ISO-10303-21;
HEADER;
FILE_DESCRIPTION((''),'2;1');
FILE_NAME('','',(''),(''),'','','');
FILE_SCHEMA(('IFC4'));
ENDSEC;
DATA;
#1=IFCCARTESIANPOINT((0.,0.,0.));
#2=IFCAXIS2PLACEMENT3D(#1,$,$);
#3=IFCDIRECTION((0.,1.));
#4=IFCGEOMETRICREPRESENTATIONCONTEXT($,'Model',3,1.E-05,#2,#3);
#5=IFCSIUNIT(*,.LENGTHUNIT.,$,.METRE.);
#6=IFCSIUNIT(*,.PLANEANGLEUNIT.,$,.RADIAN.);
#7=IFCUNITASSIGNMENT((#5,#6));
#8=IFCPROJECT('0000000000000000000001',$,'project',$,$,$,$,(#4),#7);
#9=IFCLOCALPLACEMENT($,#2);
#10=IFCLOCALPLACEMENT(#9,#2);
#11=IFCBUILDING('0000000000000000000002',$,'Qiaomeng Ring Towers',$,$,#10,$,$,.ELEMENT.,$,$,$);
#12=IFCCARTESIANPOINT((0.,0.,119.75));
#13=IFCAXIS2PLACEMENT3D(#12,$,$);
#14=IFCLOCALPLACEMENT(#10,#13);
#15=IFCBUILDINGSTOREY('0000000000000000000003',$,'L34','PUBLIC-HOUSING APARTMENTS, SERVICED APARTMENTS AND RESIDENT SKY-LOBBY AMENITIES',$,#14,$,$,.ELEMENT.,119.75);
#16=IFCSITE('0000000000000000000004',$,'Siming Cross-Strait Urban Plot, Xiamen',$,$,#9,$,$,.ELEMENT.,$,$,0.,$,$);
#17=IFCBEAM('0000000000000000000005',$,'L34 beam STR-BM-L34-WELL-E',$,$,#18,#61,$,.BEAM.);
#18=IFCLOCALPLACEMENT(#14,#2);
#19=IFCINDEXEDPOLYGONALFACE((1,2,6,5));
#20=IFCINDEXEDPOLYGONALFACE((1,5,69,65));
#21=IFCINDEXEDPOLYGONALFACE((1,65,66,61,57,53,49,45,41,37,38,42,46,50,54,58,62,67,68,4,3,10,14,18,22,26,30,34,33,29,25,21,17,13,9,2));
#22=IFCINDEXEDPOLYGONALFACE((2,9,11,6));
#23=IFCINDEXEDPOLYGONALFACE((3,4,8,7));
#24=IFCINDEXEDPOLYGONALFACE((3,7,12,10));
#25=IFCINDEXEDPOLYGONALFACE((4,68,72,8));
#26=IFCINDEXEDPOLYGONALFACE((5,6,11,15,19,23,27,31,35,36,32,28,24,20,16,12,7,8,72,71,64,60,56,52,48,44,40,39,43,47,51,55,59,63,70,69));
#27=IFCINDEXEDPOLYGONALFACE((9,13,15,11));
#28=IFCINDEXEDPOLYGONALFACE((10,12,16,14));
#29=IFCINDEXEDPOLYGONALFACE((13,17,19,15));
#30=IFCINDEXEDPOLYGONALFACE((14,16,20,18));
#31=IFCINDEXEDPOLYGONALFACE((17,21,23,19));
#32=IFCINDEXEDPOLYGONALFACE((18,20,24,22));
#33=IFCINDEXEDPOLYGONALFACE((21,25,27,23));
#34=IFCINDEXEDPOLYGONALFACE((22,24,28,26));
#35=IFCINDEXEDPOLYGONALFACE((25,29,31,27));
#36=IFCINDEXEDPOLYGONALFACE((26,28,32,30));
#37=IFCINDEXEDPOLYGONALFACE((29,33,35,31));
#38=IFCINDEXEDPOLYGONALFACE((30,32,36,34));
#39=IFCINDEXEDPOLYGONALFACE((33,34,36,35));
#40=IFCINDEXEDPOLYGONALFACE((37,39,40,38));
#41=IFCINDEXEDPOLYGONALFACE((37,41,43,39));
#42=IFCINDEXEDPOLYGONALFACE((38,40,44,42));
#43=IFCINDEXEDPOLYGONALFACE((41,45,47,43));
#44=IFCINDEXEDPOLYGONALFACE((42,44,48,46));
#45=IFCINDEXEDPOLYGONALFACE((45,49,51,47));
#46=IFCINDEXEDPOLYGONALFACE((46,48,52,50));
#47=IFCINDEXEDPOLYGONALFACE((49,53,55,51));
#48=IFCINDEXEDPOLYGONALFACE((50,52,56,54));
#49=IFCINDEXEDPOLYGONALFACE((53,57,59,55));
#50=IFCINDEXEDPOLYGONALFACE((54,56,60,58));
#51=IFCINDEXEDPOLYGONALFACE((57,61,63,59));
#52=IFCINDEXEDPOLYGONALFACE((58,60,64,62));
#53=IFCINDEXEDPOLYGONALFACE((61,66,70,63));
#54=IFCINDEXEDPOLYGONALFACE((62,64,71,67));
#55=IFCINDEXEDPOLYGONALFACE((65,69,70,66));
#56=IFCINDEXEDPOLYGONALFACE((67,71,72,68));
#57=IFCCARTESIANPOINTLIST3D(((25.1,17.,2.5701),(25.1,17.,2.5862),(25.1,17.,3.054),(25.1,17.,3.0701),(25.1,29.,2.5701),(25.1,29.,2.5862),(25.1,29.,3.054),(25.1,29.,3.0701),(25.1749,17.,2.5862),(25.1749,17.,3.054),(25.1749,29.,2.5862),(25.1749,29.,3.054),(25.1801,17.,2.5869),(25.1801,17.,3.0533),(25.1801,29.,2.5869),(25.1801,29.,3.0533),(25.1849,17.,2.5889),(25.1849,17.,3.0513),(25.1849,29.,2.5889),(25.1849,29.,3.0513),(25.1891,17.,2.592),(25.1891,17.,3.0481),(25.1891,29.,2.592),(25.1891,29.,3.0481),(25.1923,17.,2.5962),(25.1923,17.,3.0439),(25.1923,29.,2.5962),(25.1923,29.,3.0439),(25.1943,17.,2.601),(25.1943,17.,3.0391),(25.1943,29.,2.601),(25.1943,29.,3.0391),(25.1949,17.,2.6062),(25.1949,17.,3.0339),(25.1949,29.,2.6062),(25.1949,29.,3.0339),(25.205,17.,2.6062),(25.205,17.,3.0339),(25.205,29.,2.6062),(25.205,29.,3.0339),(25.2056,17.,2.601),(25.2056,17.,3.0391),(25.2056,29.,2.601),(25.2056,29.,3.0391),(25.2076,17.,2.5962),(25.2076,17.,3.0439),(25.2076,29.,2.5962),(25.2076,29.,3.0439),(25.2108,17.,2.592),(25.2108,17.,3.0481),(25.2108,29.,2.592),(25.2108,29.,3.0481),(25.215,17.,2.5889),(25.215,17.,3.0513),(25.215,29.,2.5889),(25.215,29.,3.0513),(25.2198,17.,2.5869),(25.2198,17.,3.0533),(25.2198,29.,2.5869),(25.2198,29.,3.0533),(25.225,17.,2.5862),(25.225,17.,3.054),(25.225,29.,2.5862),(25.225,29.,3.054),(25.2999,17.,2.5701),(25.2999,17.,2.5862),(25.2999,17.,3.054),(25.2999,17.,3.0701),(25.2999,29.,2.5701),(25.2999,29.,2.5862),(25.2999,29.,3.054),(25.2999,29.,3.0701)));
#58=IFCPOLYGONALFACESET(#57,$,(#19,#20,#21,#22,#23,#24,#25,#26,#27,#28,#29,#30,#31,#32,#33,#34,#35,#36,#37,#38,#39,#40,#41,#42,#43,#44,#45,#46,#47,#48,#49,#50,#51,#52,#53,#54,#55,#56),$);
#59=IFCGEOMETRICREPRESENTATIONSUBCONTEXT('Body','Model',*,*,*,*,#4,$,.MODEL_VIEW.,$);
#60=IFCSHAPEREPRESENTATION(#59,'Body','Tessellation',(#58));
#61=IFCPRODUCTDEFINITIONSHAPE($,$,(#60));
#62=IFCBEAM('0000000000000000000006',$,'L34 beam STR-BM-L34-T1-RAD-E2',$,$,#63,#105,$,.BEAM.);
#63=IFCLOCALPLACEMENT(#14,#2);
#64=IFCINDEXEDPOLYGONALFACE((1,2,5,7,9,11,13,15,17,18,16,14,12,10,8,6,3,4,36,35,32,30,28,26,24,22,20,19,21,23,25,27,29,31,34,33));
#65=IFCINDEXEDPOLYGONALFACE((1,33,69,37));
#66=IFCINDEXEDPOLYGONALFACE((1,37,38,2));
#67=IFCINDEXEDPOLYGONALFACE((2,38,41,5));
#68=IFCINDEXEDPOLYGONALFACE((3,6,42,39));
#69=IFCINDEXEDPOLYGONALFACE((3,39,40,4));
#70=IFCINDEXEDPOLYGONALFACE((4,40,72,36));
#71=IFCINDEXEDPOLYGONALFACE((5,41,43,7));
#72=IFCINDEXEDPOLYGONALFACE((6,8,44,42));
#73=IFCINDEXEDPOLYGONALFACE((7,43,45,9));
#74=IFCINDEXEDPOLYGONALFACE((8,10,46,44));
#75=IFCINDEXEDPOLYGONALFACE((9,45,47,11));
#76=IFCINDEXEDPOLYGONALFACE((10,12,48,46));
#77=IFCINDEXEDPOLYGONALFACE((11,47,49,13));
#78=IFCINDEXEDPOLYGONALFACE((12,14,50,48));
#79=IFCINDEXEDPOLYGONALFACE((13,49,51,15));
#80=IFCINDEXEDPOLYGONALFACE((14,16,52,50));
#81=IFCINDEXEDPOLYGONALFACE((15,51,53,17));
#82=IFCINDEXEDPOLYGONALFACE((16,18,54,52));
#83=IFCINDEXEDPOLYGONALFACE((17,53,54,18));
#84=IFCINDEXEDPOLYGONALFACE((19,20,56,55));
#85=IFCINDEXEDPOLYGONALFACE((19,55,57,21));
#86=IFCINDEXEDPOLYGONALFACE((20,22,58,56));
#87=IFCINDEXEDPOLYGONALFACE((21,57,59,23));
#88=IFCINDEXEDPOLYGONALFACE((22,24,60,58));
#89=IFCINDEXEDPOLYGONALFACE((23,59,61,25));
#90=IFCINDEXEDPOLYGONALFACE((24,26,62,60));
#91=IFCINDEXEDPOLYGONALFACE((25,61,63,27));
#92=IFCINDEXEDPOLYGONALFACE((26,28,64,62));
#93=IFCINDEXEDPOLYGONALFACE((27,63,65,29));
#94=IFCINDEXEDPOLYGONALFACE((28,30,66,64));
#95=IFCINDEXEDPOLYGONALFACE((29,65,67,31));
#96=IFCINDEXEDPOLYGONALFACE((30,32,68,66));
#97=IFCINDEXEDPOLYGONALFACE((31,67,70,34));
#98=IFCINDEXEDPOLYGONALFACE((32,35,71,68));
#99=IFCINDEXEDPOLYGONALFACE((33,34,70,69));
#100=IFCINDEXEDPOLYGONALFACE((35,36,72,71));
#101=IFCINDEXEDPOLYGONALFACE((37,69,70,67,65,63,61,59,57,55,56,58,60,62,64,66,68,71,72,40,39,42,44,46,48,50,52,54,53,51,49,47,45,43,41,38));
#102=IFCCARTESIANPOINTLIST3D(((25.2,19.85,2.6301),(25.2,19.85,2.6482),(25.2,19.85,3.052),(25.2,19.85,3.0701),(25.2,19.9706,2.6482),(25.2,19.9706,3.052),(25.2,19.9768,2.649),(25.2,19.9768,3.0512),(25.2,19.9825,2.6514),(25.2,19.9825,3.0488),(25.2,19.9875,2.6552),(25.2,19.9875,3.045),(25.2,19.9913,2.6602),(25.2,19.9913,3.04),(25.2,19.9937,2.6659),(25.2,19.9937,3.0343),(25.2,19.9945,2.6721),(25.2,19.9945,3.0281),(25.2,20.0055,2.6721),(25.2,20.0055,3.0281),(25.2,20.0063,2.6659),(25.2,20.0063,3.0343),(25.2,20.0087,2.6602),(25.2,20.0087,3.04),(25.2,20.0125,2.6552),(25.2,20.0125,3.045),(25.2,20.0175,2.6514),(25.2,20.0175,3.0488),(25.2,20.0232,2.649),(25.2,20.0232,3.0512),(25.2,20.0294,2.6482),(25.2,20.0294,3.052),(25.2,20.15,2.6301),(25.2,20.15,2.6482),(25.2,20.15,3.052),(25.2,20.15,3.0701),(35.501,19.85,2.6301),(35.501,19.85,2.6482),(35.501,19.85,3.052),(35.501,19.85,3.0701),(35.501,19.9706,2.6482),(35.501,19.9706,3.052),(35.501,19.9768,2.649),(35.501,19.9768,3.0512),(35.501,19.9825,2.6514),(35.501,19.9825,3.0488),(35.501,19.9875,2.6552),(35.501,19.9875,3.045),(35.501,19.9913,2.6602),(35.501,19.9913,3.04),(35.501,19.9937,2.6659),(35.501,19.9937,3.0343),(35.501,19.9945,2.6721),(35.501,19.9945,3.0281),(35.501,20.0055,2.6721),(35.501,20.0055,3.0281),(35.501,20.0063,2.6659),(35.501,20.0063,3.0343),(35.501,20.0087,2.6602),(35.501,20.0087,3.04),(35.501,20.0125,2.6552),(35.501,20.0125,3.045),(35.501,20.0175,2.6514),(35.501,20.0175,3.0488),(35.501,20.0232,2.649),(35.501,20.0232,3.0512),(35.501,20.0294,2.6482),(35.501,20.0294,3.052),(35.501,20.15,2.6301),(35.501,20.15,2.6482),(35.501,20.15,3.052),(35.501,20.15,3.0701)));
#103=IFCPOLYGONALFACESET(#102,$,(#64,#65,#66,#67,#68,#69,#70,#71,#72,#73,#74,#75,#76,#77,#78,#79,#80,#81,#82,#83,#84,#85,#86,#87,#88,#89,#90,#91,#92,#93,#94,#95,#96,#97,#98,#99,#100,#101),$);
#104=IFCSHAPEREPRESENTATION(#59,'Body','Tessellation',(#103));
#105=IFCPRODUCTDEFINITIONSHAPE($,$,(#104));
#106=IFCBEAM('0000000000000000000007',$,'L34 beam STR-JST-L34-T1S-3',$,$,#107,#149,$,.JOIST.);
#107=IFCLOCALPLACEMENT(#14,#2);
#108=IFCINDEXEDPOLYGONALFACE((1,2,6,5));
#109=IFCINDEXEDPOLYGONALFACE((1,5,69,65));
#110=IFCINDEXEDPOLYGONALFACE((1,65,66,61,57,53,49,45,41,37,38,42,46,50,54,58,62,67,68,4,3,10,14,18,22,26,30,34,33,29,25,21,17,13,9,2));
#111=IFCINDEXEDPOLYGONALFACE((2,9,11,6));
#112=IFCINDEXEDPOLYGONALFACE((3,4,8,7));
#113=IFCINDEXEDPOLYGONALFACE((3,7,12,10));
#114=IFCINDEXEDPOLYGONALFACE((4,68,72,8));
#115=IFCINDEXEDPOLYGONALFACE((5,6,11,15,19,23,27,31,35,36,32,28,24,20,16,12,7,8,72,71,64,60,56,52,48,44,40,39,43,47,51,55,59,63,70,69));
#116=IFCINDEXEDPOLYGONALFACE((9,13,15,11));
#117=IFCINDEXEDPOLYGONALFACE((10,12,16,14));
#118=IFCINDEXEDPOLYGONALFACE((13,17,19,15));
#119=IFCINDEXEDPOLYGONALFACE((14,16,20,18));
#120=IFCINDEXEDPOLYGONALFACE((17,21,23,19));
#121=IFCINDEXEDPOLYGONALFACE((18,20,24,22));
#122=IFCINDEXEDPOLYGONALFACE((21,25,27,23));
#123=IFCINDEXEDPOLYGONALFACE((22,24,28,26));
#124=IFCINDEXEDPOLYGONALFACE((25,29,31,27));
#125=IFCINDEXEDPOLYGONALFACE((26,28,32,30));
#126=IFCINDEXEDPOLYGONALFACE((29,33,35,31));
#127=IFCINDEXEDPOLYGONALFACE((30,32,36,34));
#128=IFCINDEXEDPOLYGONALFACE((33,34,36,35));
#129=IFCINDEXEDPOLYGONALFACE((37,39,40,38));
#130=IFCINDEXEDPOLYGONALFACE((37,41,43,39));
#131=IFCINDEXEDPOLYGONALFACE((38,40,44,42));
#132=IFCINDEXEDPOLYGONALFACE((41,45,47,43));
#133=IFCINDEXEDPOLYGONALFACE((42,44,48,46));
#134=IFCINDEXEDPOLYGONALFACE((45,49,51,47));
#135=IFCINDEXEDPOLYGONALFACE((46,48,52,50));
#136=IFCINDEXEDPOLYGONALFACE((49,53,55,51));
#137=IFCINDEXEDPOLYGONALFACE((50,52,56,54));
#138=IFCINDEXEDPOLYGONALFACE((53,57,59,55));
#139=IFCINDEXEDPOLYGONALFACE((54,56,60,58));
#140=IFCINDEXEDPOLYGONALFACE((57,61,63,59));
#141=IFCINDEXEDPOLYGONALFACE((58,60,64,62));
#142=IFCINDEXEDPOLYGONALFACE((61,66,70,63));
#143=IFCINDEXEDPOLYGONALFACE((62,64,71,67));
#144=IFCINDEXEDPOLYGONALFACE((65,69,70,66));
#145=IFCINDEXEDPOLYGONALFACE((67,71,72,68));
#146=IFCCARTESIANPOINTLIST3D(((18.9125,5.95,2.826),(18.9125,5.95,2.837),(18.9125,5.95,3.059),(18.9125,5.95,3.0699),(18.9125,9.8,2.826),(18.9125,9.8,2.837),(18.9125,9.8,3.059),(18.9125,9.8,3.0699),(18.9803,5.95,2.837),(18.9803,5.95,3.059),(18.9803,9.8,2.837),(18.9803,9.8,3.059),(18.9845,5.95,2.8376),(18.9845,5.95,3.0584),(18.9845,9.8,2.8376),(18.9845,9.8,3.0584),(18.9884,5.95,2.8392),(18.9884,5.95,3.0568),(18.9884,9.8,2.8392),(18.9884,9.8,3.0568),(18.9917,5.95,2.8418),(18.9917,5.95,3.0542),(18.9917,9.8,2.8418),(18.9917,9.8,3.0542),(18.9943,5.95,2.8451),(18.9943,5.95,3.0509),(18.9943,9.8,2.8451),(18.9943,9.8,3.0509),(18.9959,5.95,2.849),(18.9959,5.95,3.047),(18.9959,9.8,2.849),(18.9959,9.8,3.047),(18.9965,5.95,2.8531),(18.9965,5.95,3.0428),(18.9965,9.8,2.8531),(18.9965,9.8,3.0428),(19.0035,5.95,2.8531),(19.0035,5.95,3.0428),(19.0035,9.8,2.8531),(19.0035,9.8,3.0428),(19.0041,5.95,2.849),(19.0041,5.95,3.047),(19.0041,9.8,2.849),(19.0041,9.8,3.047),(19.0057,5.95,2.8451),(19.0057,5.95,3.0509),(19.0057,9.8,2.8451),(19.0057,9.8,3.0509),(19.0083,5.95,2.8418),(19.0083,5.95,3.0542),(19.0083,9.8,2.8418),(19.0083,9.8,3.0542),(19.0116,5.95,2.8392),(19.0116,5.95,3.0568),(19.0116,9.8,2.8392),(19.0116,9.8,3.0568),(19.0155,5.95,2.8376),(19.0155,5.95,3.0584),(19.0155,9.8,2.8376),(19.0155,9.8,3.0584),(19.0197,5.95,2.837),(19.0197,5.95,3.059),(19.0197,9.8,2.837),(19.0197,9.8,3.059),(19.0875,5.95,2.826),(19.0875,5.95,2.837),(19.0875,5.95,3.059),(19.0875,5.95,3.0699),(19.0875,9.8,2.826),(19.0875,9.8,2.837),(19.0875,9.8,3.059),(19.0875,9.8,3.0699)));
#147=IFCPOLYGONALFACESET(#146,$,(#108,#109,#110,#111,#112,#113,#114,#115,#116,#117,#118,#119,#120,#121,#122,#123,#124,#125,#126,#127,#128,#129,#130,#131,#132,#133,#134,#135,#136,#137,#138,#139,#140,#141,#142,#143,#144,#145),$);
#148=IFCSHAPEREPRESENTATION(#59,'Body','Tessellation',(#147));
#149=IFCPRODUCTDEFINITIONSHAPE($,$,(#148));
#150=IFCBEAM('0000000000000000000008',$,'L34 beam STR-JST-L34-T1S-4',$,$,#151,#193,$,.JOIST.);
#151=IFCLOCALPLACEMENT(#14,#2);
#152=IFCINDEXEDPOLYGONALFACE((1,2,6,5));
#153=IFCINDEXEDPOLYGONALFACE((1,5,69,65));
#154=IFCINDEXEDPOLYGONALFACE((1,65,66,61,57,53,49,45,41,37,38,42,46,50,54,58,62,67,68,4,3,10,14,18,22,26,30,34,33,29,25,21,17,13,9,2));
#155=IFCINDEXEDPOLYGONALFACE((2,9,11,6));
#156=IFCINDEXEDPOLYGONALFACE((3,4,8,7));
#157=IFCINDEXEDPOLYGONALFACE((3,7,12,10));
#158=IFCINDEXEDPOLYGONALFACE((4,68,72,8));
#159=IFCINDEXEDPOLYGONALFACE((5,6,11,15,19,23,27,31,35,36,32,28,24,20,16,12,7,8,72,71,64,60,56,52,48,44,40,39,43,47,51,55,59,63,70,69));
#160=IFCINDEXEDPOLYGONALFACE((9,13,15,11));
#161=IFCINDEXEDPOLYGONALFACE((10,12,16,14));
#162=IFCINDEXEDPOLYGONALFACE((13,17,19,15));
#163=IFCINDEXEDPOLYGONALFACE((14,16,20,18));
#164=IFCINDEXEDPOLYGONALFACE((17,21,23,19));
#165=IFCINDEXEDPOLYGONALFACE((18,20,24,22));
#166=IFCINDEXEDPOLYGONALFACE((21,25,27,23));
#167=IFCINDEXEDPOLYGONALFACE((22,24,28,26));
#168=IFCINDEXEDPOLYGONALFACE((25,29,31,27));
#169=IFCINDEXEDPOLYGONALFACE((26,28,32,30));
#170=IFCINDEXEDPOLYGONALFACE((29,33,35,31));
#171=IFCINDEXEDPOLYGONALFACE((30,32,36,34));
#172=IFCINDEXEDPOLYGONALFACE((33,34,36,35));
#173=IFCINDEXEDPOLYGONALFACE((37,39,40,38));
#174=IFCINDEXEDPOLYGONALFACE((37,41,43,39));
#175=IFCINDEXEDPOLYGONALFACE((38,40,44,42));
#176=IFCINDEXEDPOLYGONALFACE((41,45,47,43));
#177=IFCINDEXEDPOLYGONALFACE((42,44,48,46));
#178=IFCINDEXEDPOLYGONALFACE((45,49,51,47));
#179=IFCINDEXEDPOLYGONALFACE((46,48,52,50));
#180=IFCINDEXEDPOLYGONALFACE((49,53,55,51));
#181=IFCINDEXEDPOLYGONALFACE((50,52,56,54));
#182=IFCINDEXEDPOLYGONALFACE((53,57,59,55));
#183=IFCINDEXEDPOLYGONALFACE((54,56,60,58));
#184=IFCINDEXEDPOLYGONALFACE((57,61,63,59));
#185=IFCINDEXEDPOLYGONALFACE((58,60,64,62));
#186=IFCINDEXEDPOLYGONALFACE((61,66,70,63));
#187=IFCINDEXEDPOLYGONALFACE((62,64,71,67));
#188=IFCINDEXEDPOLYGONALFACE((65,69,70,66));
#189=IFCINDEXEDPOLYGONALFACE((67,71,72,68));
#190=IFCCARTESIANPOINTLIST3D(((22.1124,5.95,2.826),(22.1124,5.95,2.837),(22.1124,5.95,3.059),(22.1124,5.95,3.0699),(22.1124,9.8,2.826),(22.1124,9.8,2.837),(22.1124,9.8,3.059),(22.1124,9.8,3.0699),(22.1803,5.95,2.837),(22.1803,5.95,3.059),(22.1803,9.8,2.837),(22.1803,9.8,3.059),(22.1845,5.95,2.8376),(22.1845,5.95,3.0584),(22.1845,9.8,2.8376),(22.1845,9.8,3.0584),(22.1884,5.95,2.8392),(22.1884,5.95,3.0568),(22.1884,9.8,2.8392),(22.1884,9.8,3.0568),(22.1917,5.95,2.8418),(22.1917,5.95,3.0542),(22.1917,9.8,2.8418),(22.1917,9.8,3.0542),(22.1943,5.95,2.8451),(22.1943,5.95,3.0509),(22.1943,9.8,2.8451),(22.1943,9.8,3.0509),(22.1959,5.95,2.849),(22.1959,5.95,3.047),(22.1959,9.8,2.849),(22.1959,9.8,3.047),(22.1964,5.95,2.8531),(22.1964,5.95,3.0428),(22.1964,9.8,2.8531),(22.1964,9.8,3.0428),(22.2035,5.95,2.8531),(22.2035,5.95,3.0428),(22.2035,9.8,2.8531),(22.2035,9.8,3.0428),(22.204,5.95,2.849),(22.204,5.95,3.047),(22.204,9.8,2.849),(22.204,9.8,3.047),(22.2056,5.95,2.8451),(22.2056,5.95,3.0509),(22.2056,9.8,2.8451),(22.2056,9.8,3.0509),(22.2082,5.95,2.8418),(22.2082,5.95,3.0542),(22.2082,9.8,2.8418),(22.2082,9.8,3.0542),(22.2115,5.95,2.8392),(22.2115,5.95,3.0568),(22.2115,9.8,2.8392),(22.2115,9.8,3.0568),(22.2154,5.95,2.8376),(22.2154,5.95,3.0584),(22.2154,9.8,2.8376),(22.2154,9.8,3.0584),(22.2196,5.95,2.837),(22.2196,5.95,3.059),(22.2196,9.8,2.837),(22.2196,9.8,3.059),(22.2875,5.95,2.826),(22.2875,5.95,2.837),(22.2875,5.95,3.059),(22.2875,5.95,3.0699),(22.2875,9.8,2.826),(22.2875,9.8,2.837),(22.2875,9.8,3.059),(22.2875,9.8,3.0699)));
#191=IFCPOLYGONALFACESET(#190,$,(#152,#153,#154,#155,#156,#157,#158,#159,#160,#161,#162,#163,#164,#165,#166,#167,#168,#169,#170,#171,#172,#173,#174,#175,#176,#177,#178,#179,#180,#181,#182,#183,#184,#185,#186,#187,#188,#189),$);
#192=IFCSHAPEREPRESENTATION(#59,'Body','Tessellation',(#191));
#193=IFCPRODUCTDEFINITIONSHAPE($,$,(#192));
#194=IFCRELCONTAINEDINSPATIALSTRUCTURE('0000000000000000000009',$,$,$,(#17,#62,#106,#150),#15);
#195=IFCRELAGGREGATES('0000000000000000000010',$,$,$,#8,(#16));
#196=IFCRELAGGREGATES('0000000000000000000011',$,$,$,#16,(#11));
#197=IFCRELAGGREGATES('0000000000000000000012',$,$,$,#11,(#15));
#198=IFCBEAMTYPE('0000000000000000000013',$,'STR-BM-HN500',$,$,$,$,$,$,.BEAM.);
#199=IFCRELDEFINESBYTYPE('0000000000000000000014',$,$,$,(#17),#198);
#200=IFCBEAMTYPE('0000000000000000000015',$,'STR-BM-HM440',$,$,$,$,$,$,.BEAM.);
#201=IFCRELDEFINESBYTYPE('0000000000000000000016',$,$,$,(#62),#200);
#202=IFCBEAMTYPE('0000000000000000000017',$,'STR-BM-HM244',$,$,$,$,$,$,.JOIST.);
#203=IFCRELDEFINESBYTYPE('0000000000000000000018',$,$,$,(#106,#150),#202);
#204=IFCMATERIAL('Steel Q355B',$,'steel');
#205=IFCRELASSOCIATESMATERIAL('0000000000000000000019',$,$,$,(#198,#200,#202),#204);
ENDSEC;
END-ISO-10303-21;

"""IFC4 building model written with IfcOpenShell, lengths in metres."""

from ifc_helpers import new_model, si_unit, direction, frame, origin, origin_2d, place, context, subcontext, project, spatial, i_section, extrude, source, transform, mapped, material, material_profile, profile_set, type_object, element, save


model = new_model("IFC4")

# Units and contexts
model_context = context("Model", 3, precision=1e-05, world=origin(), true_north=direction((0.0, 1.0)))
body_context = subcontext(model_context, "Body", "Model", "MODEL_VIEW")
ifc_project = project(units=[si_unit("LENGTHUNIT", "METRE"), si_unit("PLANEANGLEUNIT", "RADIAN")], contexts=[model_context])

# Site, building, storey
site_placement = place(None, origin())
site = spatial("IfcSite", under=ifc_project, at=site_placement, Name="Siming Cross-Strait Urban Plot, Xiamen", CompositionType="ELEMENT", RefElevation=0.0)
building_placement = place(site_placement, origin())
building = spatial("IfcBuilding", under=site, at=building_placement, Name="Qiaomeng Ring Towers", CompositionType="ELEMENT")
storey_placement = place(building_placement, frame((0.0, 0.0, 119.75)))
storey = spatial("IfcBuildingStorey", under=building, at=storey_placement, Name="L34", Description="PUBLIC-HOUSING APARTMENTS, SERVICED APARTMENTS AND RESIDENT SKY-LOBBY AMENITIES", CompositionType="ELEMENT", Elevation=119.75)

# Beams
ifc_material_1 = material(Name="Steel Q355B", Category="steel")
ifc_material_profile_1 = material_profile(ifc_material_1, i_section(OverallWidth=0.2, OverallDepth=0.5, WebThickness=0.01, FlangeThickness=0.0161, FilletRadius=0.02, at=origin_2d()), Name="HN 500x200x10x16")
ifc_profile_set_1 = profile_set([ifc_material_profile_1], Name="Steel Q355B")
beam_type_1 = type_object("IfcBeamType", Name="STR-BM-HN500", PredefinedType="BEAM", material=ifc_profile_set_1)
shared_shape_1 = source(origin(), body_context, "Body", "SweptSolid", [
    extrude(i_section(OverallWidth=0.2, OverallDepth=0.5, WebThickness=0.01, FlangeThickness=0.0161, FilletRadius=0.02, at=origin_2d()), origin(), (0.0, 0.0, 1.0), 12.0),
])
beam_1_placement = place(storey_placement, frame((25.2, 17.0, 2.8201), z_axis=(0.0, 1.0, 0.0), x_axis=(-1.0, 0.0, 0.0)))
element("IfcBeam", 1, at=beam_1_placement, inside=storey, type_object=beam_type_1, Name="L34 beam STR-BM-L34-WELL-E", PredefinedType="BEAM", context=body_context, shape_type="MappedRepresentation", body=[
    mapped(shared_shape_1, transform((0.0, 0.0, 0.0), x_axis=(1.0, 0.0, 0.0), y_axis=(0.0, 1.0, 0.0), z_axis=(0.0, 0.0, 1.0), scale=1.0)),
])
ifc_material_profile_2 = material_profile(ifc_material_1, i_section(OverallWidth=0.3, OverallDepth=0.4399, WebThickness=0.011, FlangeThickness=0.0181, FilletRadius=0.0239, at=origin_2d()), Name="HM 440x300x11x18")
ifc_profile_set_2 = profile_set([ifc_material_profile_2], Name="Steel Q355B")
beam_type_2 = type_object("IfcBeamType", Name="STR-BM-HM440", PredefinedType="BEAM", material=ifc_profile_set_2)
shared_shape_2 = source(origin(), body_context, "Body", "SweptSolid", [
    extrude(i_section(OverallWidth=0.3, OverallDepth=0.4399, WebThickness=0.011, FlangeThickness=0.0181, FilletRadius=0.0239, at=origin_2d()), origin(), (0.0, 0.0, 1.0), 10.301),
])
beam_2_placement = place(storey_placement, frame((25.2, 20.0, 2.8501), z_axis=(1.0, 0.0, 0.0), x_axis=(0.0, 1.0, 0.0)))
element("IfcBeam", 2, at=beam_2_placement, inside=storey, type_object=beam_type_2, Name="L34 beam STR-BM-L34-T1-RAD-E2", PredefinedType="BEAM", context=body_context, shape_type="MappedRepresentation", body=[
    mapped(shared_shape_2, transform((0.0, 0.0, 0.0), x_axis=(1.0, 0.0, 0.0), y_axis=(0.0, 1.0, 0.0), z_axis=(0.0, 0.0, 1.0), scale=1.0)),
])
ifc_material_profile_3 = material_profile(ifc_material_1, i_section(OverallWidth=0.175, OverallDepth=0.2439, WebThickness=0.0071, FlangeThickness=0.011, FilletRadius=0.0161, at=origin_2d()), Name="HM 244x175x7x11")
ifc_profile_set_3 = profile_set([ifc_material_profile_3], Name="Steel Q355B")
beam_type_3 = type_object("IfcBeamType", Name="STR-BM-HM244", PredefinedType="JOIST", material=ifc_profile_set_3)
shared_shape_3 = source(origin(), body_context, "Body", "SweptSolid", [
    extrude(i_section(OverallWidth=0.175, OverallDepth=0.2439, WebThickness=0.0071, FlangeThickness=0.011, FilletRadius=0.0161, at=origin_2d()), origin(), (0.0, 0.0, 1.0), 3.8501),
])
for number, where, z_axis, x_axis, name in (
    (3, (19.0, 5.95, 2.948), (0.0, 1.0, 0.0), (-1.0, 0.0, 0.0), "L34 beam STR-JST-L34-T1S-3"),
    (4, (22.2, 5.95, 2.948), (0.0, 1.0, 0.0), (-1.0, 0.0, 0.0), "L34 beam STR-JST-L34-T1S-4"),
):
    element("IfcBeam", number, at=place(storey_placement, frame(where, z_axis=z_axis, x_axis=x_axis)), inside=storey, type_object=beam_type_3, Name=name, PredefinedType="JOIST", context=body_context, shape_type="MappedRepresentation", body=[
        mapped(shared_shape_3, transform((0.0, 0.0, 0.0), x_axis=(1.0, 0.0, 0.0), y_axis=(0.0, 1.0, 0.0), z_axis=(0.0, 0.0, 1.0), scale=1.0)),
    ])

save(model, "model.ifc")
